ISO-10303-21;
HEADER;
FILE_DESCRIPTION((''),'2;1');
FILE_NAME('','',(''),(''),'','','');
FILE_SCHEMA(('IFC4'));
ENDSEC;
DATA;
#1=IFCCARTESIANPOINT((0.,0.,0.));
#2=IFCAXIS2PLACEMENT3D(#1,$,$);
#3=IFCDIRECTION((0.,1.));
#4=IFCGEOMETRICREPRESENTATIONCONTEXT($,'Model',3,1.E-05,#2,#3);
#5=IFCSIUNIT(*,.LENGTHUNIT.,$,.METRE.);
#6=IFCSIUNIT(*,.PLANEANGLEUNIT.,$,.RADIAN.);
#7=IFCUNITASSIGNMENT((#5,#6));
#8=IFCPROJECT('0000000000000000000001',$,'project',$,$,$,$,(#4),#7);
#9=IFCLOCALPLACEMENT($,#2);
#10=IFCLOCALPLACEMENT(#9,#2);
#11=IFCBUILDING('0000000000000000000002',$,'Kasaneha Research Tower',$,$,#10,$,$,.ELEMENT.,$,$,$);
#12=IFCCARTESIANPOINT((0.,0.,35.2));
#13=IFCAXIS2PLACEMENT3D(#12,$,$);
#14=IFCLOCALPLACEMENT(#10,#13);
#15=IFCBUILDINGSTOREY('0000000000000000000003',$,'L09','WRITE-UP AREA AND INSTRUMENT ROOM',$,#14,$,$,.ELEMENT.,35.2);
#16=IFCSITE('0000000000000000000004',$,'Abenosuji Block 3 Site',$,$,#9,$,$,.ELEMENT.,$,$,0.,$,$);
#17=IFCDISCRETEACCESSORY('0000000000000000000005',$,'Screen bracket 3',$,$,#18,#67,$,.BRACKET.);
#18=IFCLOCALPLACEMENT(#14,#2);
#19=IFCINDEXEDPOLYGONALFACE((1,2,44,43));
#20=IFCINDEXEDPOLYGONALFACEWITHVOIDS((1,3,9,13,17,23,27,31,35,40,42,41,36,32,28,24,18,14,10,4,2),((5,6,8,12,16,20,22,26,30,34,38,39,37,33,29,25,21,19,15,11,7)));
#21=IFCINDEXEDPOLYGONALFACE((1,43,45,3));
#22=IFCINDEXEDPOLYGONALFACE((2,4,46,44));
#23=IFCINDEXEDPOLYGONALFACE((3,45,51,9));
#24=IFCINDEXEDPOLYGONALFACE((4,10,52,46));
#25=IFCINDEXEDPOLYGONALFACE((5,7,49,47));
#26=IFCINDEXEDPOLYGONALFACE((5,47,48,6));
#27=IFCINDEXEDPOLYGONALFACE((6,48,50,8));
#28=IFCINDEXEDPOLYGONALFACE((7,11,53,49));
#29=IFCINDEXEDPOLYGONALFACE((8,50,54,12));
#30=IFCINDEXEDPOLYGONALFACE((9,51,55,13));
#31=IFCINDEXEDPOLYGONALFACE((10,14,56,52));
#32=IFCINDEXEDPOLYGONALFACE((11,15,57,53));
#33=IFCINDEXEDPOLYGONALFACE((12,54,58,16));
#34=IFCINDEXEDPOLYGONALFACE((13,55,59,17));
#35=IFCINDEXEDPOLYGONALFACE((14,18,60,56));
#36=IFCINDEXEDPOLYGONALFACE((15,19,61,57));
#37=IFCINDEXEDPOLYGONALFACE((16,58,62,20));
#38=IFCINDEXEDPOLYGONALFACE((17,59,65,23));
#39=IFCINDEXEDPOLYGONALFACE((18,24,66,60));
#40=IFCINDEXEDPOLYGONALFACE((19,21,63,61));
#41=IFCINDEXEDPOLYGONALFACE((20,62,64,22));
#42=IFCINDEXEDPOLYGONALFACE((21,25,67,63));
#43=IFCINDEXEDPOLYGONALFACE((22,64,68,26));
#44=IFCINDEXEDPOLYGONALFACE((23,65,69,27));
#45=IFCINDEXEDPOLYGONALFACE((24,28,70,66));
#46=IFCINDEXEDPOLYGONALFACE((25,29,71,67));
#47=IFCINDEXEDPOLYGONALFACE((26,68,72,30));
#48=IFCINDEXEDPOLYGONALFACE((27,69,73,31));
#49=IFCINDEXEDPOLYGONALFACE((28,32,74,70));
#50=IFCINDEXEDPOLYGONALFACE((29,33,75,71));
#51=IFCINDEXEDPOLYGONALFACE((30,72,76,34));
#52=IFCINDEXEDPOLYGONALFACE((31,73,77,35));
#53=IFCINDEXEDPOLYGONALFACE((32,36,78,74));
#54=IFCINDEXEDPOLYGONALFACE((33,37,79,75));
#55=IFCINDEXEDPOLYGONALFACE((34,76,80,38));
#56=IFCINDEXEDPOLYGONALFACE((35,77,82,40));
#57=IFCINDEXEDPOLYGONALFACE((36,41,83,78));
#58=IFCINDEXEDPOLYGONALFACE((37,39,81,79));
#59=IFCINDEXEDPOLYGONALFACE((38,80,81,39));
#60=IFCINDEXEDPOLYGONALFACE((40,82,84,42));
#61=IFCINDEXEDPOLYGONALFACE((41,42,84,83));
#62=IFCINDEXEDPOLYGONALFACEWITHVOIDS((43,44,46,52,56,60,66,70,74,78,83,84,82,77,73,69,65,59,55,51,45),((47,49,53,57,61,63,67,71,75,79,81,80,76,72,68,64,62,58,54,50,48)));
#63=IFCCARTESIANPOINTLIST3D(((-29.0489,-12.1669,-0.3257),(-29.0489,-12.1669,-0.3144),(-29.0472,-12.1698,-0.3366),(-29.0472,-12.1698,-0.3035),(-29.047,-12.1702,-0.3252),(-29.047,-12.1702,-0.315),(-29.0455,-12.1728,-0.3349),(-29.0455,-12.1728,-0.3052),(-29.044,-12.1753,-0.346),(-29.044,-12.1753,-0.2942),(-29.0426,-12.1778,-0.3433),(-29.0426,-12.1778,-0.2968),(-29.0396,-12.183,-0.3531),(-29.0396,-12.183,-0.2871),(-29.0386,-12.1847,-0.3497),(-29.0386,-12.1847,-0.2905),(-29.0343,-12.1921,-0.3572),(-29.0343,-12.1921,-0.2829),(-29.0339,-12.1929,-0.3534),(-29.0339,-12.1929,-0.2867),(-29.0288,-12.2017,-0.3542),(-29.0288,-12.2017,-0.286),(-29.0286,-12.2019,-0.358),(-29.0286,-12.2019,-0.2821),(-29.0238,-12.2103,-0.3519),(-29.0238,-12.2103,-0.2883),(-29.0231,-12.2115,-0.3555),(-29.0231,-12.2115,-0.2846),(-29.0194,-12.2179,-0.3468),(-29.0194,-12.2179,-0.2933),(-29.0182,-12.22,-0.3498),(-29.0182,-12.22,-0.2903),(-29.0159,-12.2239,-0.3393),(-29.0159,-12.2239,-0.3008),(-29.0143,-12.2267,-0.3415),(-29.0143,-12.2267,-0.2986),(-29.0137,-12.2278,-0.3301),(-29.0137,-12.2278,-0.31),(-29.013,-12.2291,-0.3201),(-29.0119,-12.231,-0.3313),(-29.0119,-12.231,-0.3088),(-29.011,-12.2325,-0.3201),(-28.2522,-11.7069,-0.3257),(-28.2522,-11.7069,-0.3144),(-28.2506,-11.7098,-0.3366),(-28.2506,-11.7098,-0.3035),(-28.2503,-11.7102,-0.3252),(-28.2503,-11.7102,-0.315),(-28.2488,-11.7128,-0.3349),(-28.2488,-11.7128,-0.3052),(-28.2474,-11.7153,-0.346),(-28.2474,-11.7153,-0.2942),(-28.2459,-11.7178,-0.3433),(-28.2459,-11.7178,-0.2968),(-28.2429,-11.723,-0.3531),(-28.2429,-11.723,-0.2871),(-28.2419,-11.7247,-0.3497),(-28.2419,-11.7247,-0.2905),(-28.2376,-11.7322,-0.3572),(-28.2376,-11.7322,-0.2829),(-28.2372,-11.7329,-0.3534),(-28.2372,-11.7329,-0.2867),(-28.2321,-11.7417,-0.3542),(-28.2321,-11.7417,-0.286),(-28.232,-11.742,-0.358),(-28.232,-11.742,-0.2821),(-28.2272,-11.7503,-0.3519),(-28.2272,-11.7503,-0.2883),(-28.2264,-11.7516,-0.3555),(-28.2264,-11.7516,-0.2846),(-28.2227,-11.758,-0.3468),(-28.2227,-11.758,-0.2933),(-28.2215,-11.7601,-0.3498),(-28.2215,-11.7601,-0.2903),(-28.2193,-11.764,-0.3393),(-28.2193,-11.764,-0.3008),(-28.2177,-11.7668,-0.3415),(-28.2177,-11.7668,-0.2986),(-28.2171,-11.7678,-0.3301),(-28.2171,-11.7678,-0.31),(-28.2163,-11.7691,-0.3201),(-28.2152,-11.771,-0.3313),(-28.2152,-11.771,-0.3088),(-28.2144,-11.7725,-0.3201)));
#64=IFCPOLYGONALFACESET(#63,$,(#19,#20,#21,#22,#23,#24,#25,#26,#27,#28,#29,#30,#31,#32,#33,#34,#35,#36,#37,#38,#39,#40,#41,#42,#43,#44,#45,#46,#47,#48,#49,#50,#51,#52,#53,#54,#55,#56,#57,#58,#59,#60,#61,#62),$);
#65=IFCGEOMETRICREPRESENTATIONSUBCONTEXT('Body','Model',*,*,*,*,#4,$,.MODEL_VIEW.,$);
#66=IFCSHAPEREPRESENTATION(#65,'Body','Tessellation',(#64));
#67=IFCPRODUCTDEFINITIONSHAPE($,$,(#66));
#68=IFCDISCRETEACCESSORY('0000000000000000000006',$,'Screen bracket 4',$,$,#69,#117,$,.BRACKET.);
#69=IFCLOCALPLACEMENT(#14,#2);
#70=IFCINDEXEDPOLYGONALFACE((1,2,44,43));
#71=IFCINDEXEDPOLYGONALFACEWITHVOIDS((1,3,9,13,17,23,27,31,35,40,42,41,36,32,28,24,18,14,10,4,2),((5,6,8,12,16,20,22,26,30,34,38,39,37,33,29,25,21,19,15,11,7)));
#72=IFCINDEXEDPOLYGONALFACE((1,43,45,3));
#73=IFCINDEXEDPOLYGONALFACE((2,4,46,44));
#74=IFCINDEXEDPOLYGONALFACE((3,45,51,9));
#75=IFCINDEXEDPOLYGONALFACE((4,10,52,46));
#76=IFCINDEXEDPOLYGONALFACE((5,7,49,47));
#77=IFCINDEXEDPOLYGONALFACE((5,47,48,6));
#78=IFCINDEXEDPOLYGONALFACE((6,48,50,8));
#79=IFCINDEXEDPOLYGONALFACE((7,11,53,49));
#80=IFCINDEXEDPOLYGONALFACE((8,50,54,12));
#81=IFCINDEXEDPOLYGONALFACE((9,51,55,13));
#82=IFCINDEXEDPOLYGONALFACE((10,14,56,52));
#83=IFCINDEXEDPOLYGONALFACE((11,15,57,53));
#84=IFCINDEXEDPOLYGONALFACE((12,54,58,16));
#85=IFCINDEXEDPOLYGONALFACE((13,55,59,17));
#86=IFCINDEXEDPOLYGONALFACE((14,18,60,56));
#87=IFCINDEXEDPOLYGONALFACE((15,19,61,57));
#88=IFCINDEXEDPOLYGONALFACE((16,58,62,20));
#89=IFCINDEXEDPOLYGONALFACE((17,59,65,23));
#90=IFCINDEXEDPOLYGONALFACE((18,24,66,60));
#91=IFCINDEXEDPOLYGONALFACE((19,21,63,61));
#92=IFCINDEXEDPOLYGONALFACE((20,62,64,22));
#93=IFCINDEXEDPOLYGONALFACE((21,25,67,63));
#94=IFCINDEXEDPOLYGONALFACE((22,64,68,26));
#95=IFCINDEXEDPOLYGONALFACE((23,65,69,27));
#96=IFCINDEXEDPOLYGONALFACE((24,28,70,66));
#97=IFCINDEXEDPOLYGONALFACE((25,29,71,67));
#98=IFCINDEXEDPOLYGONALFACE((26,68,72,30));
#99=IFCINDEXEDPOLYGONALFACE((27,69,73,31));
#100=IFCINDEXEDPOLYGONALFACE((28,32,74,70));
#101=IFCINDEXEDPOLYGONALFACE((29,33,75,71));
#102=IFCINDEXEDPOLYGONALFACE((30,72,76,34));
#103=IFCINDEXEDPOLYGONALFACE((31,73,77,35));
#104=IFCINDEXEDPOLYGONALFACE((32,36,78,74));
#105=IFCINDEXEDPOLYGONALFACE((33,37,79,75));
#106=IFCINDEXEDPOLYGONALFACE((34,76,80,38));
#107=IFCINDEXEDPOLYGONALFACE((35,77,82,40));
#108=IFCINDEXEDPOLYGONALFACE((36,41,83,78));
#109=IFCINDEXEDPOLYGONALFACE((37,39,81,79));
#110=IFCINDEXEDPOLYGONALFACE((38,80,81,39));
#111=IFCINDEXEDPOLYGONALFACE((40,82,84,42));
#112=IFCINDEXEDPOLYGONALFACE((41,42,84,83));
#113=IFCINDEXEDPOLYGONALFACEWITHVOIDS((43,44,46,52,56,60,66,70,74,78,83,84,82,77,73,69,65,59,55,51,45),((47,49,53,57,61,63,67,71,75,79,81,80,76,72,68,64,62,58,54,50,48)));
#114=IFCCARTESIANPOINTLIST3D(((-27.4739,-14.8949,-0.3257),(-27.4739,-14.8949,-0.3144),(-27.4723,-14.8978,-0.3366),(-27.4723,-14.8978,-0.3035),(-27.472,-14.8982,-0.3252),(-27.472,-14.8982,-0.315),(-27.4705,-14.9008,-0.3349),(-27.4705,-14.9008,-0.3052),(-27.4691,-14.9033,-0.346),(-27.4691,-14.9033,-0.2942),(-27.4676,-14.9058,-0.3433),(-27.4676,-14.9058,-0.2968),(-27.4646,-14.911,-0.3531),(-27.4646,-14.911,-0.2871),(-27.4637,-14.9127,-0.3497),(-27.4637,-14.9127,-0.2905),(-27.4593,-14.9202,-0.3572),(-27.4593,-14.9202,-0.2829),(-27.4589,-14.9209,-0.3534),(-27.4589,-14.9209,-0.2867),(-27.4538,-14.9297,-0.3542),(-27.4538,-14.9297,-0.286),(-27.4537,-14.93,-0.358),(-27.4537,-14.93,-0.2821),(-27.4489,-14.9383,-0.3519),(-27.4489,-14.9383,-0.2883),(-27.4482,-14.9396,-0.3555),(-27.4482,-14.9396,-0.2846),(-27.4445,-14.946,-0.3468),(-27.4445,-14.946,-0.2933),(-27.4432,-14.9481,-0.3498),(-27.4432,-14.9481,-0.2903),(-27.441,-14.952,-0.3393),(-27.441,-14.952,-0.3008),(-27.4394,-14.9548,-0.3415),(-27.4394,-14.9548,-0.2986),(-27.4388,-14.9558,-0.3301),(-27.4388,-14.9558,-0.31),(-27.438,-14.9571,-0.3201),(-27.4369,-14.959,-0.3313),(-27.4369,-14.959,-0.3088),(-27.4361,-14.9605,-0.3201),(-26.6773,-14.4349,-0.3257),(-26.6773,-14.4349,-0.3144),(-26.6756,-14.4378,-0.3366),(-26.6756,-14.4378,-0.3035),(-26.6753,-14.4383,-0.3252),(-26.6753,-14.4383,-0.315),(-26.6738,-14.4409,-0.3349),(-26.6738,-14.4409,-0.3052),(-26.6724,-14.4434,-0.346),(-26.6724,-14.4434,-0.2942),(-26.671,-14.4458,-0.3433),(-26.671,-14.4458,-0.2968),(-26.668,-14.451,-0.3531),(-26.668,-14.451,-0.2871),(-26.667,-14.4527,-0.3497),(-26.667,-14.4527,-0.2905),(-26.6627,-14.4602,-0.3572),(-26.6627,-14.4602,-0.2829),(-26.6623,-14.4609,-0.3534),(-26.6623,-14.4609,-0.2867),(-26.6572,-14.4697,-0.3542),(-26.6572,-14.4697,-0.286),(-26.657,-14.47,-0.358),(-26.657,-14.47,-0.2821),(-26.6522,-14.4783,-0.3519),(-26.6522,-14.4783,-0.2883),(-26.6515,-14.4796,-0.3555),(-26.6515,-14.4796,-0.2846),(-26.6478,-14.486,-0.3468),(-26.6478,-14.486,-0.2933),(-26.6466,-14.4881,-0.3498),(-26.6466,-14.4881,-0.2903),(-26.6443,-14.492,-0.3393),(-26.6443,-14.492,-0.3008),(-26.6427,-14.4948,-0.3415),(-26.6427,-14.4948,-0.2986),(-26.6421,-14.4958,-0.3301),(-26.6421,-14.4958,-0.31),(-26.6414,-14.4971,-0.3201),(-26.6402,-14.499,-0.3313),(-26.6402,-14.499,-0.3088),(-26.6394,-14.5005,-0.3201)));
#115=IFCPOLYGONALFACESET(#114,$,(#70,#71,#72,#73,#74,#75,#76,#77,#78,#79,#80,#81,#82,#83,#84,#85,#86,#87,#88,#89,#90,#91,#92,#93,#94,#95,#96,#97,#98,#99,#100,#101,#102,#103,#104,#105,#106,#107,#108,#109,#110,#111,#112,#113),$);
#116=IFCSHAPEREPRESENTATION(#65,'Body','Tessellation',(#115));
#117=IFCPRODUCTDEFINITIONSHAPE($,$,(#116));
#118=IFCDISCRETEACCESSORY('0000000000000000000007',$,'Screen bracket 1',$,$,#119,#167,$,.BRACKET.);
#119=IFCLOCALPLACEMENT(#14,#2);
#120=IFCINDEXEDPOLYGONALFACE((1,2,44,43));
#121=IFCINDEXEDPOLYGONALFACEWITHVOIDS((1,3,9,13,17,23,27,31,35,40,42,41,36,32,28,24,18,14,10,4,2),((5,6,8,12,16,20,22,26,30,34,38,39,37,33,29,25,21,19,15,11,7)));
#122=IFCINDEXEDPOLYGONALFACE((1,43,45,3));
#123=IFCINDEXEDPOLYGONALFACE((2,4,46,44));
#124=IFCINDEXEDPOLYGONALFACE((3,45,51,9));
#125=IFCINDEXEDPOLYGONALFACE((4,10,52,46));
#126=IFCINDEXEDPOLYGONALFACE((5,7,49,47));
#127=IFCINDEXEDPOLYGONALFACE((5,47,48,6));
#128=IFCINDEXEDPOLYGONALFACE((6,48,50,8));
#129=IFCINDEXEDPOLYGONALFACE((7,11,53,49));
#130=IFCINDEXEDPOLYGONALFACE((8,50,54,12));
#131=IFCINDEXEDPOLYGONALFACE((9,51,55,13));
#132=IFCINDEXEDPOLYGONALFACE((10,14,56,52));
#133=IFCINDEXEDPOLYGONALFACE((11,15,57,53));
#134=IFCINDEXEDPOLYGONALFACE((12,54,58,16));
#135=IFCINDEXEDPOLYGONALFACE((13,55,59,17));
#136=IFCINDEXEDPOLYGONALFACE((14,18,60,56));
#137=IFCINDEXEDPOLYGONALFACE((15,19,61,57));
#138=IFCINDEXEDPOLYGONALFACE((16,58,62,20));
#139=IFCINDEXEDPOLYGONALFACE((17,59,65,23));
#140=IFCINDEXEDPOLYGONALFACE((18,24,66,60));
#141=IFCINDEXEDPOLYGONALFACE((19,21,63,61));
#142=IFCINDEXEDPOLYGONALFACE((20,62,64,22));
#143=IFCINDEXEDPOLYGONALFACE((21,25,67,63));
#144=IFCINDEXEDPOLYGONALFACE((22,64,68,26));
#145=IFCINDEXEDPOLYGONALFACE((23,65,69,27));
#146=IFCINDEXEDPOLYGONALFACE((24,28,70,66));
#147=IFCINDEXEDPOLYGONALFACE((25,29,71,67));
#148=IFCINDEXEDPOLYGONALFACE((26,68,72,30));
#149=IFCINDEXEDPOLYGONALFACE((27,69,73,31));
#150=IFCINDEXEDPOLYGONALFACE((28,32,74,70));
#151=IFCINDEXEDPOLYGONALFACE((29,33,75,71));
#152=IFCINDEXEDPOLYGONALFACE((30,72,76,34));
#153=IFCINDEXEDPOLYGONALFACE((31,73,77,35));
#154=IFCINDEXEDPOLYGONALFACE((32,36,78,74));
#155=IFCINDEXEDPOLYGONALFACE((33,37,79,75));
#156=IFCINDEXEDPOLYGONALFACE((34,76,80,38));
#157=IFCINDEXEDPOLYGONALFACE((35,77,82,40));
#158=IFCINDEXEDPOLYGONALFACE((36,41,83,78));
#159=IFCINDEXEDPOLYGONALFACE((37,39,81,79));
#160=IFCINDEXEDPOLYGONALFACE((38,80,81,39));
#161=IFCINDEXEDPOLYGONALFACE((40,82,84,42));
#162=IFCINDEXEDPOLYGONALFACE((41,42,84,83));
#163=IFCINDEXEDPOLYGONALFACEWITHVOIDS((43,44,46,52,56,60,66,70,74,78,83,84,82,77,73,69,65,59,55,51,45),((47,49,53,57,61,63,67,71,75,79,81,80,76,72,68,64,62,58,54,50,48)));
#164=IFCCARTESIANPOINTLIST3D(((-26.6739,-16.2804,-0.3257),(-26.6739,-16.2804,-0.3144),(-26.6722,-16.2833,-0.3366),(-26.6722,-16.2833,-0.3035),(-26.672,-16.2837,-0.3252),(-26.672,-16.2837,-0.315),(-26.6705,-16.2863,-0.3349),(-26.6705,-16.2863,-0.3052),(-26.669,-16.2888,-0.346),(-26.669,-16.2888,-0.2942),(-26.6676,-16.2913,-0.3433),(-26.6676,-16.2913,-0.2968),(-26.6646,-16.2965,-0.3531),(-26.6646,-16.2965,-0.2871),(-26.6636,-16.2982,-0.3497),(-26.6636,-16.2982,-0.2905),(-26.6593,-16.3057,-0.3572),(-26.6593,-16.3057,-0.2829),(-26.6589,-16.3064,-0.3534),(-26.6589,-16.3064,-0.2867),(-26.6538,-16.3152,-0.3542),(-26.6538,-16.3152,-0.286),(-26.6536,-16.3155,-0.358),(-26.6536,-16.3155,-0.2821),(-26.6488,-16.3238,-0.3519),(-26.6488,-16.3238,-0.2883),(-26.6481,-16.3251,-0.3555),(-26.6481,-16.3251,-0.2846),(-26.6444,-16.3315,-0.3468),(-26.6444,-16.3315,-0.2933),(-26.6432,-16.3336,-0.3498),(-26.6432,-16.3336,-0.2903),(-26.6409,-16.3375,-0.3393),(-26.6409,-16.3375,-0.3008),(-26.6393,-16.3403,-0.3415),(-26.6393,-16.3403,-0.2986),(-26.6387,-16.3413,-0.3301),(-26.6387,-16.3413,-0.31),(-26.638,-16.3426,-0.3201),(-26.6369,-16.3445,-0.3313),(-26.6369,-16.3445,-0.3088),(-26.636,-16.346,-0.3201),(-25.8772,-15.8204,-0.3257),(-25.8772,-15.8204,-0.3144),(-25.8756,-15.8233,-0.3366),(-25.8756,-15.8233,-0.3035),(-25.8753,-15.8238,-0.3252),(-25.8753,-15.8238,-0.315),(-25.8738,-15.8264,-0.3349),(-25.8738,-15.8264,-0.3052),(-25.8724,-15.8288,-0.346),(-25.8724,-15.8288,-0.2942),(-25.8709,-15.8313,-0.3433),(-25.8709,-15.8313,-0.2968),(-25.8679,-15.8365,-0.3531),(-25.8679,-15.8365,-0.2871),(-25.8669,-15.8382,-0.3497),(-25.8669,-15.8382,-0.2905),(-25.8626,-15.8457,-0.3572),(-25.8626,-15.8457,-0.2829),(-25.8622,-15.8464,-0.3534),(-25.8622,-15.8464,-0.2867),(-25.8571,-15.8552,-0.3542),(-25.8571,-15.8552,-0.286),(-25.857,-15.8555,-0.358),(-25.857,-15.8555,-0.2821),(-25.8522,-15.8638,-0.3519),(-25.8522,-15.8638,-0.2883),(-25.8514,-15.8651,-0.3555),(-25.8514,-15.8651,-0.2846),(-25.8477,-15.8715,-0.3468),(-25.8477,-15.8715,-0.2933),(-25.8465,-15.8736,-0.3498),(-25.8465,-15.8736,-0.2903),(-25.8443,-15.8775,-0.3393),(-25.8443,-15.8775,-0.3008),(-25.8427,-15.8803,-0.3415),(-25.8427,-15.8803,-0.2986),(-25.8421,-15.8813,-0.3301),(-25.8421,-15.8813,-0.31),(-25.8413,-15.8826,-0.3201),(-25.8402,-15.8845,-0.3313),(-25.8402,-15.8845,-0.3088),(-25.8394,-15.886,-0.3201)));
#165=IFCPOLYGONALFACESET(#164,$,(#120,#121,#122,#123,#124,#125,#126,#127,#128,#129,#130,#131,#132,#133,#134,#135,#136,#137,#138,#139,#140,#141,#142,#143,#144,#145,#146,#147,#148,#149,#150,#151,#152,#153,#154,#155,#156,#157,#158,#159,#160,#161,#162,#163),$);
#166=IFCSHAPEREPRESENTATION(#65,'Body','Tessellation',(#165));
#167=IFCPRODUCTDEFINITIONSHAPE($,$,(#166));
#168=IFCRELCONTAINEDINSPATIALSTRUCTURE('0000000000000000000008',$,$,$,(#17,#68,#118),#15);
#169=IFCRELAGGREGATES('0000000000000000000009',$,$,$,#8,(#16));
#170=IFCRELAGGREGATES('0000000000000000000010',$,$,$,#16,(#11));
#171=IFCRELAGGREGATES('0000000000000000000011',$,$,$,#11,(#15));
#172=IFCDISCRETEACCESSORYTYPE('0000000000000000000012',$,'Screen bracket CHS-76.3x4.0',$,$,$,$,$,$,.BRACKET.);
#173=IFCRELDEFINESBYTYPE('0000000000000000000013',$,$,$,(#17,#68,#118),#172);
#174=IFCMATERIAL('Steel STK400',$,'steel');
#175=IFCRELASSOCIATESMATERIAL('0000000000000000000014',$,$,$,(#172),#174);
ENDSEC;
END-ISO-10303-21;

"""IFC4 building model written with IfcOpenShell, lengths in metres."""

from ifc_helpers import new_model, si_unit, direction, frame, origin, origin_2d, place, context, subcontext, project, spatial, hollow_circle, extrude, material, material_profile, profile_set, type_object, element, save


model = new_model("IFC4")

# Units and contexts
model_context = context("Model", 3, precision=1e-05, world=origin(), true_north=direction((0.0, 1.0)))
body_context = subcontext(model_context, "Body", "Model", "MODEL_VIEW")
ifc_project = project(units=[si_unit("LENGTHUNIT", "METRE"), si_unit("PLANEANGLEUNIT", "RADIAN")], contexts=[model_context])

# Site, building, storey
site_placement = place(None, origin())
site = spatial("IfcSite", under=ifc_project, at=site_placement, Name="Abenosuji Block 3 Site", CompositionType="ELEMENT", RefElevation=0.0)
building_placement = place(site_placement, origin())
building = spatial("IfcBuilding", under=site, at=building_placement, Name="Kasaneha Research Tower", CompositionType="ELEMENT")
storey_placement = place(building_placement, frame((0.0, 0.0, 35.2)))
storey = spatial("IfcBuildingStorey", under=building, at=storey_placement, Name="L09", Description="WRITE-UP AREA AND INSTRUMENT ROOM", CompositionType="ELEMENT", Elevation=35.2)

# Discrete accessories
ifc_material_1 = material(Name="Steel STK400", Category="steel")
ifc_material_profile_1 = material_profile(ifc_material_1, hollow_circle(Radius=0.0381, WallThickness=0.0039, at=origin_2d()), Name="CHS-76.3x4.0")
ifc_profile_set_1 = profile_set([ifc_material_profile_1], Name="Steel STK400")
discrete_accessory_type = type_object("IfcDiscreteAccessoryType", Name="Screen bracket CHS-76.3x4.0", PredefinedType="BRACKET", material=ifc_profile_set_1)
for number, where, z_axis, x_axis, name in (
    (1, (-28.2334, -11.7395, -0.3201), (-0.866013, -0.500021, 0.0), (0.500021, -0.866013, 0.0), "Screen bracket 3"),
    (2, (-26.6584, -14.4675, -0.3201), (-0.866013, -0.500021, 0.0), (0.500021, -0.866013, 0.0), "Screen bracket 4"),
    (3, (-25.8584, -15.853, -0.3201), (-0.866013, -0.500021, 0.0), (0.500021, -0.866013, 0.0), "Screen bracket 1"),
):
    element("IfcDiscreteAccessory", number, at=place(storey_placement, frame(where, z_axis=z_axis, x_axis=x_axis)), inside=storey, type_object=discrete_accessory_type, Name=name, PredefinedType="BRACKET", context=body_context, shape_type="SweptSolid", body=[
        extrude(hollow_circle(Radius=0.0381, WallThickness=0.0039, at=origin_2d()), origin(), (0.0, 0.0, 1.0), 0.9199),
    ])

save(model, "model.ifc")
